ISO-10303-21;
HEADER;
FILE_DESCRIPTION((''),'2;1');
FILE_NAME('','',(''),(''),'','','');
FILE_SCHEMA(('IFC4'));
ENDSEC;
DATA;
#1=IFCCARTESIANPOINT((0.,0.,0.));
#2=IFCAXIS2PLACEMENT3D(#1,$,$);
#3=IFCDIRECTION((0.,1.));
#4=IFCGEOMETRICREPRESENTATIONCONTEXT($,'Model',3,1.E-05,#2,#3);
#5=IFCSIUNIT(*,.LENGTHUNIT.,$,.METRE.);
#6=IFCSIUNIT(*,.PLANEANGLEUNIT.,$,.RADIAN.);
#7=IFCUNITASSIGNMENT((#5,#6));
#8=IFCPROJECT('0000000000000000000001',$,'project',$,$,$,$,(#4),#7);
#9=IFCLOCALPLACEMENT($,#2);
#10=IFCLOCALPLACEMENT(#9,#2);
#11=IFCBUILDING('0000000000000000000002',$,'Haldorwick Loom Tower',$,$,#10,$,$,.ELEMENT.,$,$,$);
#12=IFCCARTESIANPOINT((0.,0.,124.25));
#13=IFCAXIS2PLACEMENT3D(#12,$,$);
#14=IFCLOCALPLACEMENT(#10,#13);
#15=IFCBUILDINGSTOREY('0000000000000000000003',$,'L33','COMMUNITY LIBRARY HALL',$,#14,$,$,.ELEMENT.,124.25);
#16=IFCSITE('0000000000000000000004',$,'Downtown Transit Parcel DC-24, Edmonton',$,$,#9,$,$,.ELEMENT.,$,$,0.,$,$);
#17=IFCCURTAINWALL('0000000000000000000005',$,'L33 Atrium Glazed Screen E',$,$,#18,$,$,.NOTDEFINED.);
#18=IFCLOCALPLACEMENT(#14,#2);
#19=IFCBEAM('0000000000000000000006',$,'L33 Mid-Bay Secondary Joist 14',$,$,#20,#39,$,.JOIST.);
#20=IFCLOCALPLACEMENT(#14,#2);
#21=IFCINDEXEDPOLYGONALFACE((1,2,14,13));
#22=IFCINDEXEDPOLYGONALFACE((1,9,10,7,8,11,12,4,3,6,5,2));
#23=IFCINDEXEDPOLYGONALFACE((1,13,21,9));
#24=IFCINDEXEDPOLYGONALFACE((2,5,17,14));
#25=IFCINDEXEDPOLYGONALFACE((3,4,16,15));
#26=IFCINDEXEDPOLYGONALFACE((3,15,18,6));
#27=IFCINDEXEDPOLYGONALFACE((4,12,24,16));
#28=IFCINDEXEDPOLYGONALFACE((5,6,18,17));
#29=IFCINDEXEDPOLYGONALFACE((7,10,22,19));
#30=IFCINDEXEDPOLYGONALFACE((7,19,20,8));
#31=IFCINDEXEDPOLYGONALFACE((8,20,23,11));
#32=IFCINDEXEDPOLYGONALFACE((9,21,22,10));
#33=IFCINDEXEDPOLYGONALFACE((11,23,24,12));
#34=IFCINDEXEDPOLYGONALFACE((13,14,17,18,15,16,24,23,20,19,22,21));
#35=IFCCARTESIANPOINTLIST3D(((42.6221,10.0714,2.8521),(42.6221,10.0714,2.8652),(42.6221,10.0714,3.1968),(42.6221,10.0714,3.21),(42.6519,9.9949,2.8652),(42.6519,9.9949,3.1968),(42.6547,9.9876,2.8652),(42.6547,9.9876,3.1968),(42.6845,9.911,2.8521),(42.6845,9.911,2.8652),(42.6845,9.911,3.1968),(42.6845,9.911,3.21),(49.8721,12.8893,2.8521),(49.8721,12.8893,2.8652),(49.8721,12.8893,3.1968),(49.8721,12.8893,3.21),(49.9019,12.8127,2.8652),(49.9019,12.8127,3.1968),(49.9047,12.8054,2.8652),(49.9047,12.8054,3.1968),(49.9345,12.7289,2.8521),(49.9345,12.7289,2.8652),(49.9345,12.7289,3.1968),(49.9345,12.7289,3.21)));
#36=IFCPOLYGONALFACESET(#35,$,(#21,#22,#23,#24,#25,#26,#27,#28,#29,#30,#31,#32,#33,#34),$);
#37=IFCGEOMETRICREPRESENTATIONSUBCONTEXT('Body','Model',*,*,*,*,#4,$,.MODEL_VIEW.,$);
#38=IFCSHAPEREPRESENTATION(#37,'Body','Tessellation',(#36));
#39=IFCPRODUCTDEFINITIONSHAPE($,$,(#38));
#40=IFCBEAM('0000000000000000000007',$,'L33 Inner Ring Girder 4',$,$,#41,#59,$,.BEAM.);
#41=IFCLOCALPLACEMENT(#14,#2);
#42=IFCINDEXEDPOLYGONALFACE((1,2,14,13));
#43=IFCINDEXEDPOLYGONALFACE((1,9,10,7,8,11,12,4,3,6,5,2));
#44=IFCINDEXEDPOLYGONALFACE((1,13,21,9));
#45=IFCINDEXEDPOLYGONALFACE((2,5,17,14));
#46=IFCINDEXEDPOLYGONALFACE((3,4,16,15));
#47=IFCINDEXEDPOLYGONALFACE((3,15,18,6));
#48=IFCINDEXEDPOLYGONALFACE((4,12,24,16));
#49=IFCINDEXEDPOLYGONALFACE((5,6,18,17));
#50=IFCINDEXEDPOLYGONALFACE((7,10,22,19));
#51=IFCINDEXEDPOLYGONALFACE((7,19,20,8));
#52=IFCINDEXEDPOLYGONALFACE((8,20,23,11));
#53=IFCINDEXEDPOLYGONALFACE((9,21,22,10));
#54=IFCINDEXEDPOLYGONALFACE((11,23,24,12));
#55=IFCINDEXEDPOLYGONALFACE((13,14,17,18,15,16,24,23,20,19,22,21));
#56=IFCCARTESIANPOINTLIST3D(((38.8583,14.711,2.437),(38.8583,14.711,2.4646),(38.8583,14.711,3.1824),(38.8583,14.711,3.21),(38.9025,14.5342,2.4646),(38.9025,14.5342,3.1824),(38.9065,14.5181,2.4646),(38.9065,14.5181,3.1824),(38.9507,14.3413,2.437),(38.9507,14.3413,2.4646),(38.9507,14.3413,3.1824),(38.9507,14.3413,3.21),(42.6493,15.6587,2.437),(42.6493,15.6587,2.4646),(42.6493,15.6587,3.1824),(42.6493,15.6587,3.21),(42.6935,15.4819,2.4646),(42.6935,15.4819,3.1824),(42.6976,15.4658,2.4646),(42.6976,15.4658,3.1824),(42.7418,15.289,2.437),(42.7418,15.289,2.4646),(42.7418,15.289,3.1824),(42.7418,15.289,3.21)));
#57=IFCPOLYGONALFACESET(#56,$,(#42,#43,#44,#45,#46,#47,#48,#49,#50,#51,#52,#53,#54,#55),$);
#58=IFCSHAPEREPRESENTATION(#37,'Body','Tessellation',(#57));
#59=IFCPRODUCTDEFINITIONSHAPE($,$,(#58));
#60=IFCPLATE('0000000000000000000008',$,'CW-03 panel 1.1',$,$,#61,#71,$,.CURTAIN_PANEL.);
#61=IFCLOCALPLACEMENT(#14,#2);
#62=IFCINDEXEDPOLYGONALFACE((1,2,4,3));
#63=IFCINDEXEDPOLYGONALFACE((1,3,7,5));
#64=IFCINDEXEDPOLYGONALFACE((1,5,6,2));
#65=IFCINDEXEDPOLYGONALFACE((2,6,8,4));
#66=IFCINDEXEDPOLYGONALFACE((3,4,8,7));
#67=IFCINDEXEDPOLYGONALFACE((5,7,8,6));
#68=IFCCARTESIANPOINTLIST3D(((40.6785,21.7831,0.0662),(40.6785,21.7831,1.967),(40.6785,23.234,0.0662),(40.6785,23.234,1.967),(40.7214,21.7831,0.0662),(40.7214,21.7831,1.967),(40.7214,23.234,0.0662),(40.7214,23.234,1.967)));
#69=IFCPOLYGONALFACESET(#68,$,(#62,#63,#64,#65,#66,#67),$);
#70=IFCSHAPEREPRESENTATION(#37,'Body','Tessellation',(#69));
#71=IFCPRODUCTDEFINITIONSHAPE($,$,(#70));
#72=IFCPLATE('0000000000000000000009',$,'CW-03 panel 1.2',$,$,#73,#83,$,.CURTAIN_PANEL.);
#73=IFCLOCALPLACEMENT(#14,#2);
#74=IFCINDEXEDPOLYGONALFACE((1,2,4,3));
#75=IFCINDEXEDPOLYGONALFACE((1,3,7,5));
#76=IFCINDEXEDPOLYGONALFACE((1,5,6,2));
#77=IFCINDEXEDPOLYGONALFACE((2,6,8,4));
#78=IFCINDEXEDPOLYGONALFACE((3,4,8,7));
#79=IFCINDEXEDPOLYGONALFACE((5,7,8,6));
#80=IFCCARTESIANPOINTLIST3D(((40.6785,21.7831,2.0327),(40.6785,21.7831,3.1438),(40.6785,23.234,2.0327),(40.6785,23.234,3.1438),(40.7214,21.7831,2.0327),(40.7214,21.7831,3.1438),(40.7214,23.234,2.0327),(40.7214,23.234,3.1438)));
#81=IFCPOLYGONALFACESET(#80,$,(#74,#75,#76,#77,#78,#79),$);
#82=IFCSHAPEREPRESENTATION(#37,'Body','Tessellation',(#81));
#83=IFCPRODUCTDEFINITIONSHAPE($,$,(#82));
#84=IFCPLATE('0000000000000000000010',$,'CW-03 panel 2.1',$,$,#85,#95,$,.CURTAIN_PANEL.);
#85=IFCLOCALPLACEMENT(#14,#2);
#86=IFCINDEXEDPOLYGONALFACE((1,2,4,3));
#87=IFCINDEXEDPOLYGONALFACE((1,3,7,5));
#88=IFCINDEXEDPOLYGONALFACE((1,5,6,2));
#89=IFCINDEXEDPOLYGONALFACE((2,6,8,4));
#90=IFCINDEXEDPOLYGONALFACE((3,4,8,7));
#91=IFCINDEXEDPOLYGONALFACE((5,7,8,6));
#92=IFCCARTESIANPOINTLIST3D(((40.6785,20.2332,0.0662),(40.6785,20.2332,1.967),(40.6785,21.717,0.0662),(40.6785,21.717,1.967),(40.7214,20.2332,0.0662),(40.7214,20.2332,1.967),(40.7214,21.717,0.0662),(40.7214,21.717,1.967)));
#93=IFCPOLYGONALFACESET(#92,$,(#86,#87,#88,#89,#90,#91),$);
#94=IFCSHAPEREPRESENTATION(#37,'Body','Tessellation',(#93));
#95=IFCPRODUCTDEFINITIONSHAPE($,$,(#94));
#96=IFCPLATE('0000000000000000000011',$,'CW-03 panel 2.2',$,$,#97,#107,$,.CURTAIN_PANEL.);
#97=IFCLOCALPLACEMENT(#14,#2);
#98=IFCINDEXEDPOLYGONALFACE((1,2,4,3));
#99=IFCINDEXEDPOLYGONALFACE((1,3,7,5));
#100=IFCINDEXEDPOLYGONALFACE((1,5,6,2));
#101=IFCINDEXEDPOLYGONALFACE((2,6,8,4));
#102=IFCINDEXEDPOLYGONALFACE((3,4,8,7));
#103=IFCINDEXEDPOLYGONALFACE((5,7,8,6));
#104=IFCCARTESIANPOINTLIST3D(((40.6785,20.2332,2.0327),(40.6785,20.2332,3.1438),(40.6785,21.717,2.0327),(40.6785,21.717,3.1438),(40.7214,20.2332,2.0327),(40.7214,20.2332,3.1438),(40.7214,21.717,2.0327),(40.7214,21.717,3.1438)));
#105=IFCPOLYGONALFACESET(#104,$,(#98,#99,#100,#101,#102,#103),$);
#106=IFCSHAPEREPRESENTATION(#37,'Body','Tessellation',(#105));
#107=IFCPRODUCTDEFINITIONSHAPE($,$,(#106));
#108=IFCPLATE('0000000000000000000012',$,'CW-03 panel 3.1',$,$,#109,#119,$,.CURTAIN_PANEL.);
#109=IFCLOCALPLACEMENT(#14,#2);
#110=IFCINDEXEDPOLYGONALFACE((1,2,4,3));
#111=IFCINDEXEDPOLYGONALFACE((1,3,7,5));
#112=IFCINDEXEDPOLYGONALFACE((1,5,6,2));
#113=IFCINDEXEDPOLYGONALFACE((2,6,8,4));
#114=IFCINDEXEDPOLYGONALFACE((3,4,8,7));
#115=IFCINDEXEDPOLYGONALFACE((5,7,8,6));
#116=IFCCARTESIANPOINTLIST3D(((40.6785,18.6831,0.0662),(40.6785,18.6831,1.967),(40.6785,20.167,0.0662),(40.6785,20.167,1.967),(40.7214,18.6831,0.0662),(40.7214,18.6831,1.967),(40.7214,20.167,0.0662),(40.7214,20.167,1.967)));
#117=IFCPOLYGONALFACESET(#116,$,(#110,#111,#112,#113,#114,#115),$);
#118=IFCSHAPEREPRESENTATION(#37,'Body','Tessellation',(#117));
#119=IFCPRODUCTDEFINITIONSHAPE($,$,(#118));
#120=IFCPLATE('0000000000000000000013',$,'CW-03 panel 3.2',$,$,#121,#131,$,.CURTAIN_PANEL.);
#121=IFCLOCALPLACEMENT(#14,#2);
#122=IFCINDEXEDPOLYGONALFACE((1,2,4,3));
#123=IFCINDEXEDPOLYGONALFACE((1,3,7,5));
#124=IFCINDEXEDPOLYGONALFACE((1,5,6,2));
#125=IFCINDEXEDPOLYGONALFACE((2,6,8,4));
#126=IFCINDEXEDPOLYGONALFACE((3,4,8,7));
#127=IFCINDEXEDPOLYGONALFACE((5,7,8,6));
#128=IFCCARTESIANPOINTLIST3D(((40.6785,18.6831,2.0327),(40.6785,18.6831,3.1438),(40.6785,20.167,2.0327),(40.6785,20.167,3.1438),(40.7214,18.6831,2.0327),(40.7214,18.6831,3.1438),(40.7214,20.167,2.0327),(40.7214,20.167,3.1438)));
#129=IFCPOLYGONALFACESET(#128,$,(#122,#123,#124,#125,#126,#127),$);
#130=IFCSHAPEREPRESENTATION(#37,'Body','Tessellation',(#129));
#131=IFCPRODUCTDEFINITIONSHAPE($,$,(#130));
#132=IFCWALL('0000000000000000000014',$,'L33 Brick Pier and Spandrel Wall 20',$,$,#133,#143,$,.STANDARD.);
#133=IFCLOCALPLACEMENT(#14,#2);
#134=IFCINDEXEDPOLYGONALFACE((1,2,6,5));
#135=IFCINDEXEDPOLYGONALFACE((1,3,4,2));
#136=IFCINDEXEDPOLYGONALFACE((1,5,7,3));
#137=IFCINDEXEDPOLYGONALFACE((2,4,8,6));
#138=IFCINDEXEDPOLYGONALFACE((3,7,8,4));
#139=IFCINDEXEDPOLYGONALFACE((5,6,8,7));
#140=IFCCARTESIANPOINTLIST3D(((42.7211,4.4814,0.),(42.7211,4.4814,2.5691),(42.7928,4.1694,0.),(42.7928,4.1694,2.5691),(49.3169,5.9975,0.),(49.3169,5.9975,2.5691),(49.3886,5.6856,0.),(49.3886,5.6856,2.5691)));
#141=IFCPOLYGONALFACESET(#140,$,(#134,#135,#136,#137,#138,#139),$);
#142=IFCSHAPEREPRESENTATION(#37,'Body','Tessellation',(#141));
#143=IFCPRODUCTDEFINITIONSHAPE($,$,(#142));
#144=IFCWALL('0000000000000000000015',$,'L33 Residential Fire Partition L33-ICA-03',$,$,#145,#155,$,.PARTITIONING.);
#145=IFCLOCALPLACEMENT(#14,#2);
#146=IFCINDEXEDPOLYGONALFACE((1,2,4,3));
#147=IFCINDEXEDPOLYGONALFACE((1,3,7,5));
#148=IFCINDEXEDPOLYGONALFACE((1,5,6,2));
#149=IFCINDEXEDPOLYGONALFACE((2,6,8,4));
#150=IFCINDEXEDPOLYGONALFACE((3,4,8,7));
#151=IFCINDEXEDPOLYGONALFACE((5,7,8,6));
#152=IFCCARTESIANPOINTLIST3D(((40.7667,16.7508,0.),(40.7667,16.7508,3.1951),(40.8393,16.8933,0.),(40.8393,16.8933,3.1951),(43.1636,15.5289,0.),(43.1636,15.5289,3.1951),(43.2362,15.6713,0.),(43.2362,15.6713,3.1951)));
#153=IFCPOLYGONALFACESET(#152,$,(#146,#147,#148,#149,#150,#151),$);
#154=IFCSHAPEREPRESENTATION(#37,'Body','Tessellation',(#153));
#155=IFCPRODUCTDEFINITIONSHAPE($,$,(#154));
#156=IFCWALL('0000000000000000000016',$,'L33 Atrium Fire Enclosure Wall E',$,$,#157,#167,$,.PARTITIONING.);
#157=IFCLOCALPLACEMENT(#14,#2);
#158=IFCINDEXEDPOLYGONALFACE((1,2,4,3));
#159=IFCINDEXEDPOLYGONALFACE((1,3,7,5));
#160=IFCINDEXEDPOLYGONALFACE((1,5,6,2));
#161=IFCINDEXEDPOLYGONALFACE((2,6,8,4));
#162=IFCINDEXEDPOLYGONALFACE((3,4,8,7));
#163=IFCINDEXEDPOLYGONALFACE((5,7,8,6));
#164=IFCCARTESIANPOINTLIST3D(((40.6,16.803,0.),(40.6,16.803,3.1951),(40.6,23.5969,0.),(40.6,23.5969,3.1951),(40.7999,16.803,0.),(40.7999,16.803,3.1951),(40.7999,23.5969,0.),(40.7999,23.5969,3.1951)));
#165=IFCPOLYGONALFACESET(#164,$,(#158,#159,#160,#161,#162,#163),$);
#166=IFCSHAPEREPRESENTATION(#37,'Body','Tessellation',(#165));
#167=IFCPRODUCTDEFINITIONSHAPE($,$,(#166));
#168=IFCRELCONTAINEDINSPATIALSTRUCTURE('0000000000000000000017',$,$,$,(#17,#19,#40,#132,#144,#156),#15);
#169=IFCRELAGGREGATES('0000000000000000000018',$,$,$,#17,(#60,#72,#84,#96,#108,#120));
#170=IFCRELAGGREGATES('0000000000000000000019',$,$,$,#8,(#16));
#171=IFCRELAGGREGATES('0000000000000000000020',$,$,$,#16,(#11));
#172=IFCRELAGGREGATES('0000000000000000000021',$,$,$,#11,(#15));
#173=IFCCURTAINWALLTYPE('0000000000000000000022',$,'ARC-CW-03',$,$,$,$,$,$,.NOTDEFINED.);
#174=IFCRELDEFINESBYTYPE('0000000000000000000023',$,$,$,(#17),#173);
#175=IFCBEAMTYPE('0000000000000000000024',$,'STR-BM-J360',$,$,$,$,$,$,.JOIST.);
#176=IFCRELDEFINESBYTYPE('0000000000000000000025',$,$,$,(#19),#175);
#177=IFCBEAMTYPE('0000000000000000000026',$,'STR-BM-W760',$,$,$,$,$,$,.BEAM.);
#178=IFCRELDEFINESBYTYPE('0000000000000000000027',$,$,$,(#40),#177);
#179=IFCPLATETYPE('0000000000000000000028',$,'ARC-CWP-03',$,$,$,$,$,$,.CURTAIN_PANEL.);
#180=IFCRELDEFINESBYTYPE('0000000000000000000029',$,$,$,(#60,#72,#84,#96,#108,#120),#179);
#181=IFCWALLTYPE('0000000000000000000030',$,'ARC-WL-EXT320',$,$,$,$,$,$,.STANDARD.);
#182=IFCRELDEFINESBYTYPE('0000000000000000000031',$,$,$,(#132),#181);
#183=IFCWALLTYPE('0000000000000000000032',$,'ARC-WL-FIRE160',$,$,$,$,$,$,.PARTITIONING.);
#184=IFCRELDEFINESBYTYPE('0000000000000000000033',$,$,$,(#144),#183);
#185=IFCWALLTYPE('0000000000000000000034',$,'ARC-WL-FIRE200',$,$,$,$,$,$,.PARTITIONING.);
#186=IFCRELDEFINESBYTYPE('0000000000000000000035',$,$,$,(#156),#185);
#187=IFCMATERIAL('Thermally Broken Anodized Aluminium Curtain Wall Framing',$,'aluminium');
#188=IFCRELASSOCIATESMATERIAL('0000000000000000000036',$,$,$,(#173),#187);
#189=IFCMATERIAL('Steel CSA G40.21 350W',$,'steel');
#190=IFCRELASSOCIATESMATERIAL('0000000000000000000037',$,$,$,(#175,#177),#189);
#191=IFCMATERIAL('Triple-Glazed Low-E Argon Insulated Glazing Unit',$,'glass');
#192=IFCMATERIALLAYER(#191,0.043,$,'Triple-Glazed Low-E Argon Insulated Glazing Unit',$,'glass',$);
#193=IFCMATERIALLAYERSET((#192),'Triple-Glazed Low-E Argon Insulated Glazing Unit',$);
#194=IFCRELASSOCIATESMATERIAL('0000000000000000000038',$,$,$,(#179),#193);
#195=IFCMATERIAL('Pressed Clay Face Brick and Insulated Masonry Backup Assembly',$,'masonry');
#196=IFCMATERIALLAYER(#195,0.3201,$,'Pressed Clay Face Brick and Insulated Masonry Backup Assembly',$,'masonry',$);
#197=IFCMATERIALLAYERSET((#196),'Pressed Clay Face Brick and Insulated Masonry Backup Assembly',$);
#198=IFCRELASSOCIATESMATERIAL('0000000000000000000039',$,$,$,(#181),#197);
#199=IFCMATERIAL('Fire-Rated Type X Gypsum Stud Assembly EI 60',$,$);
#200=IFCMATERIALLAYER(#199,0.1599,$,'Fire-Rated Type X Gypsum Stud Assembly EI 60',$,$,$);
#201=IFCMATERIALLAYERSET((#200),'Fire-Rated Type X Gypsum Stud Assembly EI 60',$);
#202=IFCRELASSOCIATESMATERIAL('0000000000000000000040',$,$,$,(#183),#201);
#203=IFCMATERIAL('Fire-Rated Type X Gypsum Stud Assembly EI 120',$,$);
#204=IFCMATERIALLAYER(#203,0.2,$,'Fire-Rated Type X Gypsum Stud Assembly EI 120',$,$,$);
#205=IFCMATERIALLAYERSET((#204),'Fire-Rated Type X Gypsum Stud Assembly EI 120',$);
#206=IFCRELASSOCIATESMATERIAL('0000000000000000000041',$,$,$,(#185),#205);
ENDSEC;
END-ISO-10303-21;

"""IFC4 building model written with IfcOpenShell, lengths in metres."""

from ifc_helpers import new_model, si_unit, direction, frame, frame_2d, origin, origin_2d, place, context, subcontext, project, spatial, rectangle, i_section, extrude, material, layer, layer_set, material_profile, profile_set, type_object, element, aggregate, save


model = new_model("IFC4")

# Units and contexts
model_context = context("Model", 3, precision=1e-05, world=origin(), true_north=direction((0.0, 1.0)))
body_context = subcontext(model_context, "Body", "Model", "MODEL_VIEW")
ifc_project = project(units=[si_unit("LENGTHUNIT", "METRE"), si_unit("PLANEANGLEUNIT", "RADIAN")], contexts=[model_context])

# Site, building, storey
site_placement = place(None, origin())
site = spatial("IfcSite", under=ifc_project, at=site_placement, Name="Downtown Transit Parcel DC-24, Edmonton", CompositionType="ELEMENT", RefElevation=0.0)
building_placement = place(site_placement, origin())
building = spatial("IfcBuilding", under=site, at=building_placement, Name="Haldorwick Loom Tower", CompositionType="ELEMENT")
storey_placement = place(building_placement, frame((0.0, 0.0, 124.25)))
storey = spatial("IfcBuildingStorey", under=building, at=storey_placement, Name="L33", Description="COMMUNITY LIBRARY HALL", CompositionType="ELEMENT", Elevation=124.25)

# Curtain wall
ifc_material_1 = material(Name="Thermally Broken Anodized Aluminium Curtain Wall Framing", Category="aluminium")
curtain_wall_type = type_object("IfcCurtainWallType", Name="ARC-CW-03", PredefinedType="NOTDEFINED", material=ifc_material_1)
curtain_wall_placement = place(storey_placement, origin())
curtain_wall = element("IfcCurtainWall", 1, at=curtain_wall_placement, inside=storey, type_object=curtain_wall_type, Name="L33 Atrium Glazed Screen E", PredefinedType="NOTDEFINED")

# Beams
ifc_material_2 = material(Name="Steel CSA G40.21 350W", Category="steel")
ifc_material_profile_1 = material_profile(ifc_material_2, i_section(OverallWidth=0.1721, OverallDepth=0.3579, WebThickness=0.0078, FlangeThickness=0.0132, at=origin_2d()), Name="W360X57", Category="steel")
ifc_profile_set_1 = profile_set([ifc_material_profile_1], Name="Steel CSA G40.21 350W")
beam_type_1 = type_object("IfcBeamType", Name="STR-BM-J360", PredefinedType="JOIST", material=ifc_profile_set_1)
beam_1_placement = place(storey_placement, frame((42.6533, 9.9912, 3.031), z_axis=(0.932073, 0.362271, 0.0), x_axis=(-0.362271, 0.932073, 0.0)))
element("IfcBeam", 2, at=beam_1_placement, inside=storey, type_object=beam_type_1, Name="L33 Mid-Bay Secondary Joist 14", PredefinedType="JOIST", context=body_context, shape_type="SweptSolid", body=[
    extrude(i_section(OverallWidth=0.1721, OverallDepth=0.3579, WebThickness=0.0078, FlangeThickness=0.0132, at=origin_2d()), origin(), (0.0, 0.0, 1.0), 7.7783),
])
ifc_material_profile_2 = material_profile(ifc_material_2, i_section(OverallWidth=0.3811, OverallDepth=0.7729, WebThickness=0.0166, FlangeThickness=0.0276, at=origin_2d()), Name="W760X257", Category="steel")
ifc_profile_set_2 = profile_set([ifc_material_profile_2], Name="Steel CSA G40.21 350W")
beam_type_2 = type_object("IfcBeamType", Name="STR-BM-W760", PredefinedType="BEAM", material=ifc_profile_set_2)
beam_2_placement = place(storey_placement, frame((42.6956, 15.4739, 2.8235), z_axis=(-0.970143, -0.242536, 0.0), x_axis=(0.242536, -0.970143, 0.0)))
element("IfcBeam", 3, at=beam_2_placement, inside=storey, type_object=beam_type_2, Name="L33 Inner Ring Girder 4", PredefinedType="BEAM", context=body_context, shape_type="SweptSolid", body=[
    extrude(i_section(OverallWidth=0.3811, OverallDepth=0.7729, WebThickness=0.0166, FlangeThickness=0.0276, at=origin_2d()), origin(), (0.0, 0.0, 1.0), 3.9077),
])

# Plates
ifc_material_3 = material(Name="Triple-Glazed Low-E Argon Insulated Glazing Unit", Category="glass")
ifc_layer_1 = layer(ifc_material_3, 0.043, Name="Triple-Glazed Low-E Argon Insulated Glazing Unit", Category="glass")
ifc_layer_set_1 = layer_set([ifc_layer_1], Name="Triple-Glazed Low-E Argon Insulated Glazing Unit")
plate_type = type_object("IfcPlateType", Name="ARC-CWP-03", PredefinedType="CURTAIN_PANEL", material=ifc_layer_set_1)
plate_1_placement = place(storey_placement, frame((40.7, 22.5085, 0.0662), z_axis=(0.0, 0.0, 1.0), x_axis=(0.0, -1.0, 0.0)))
plate_1 = element("IfcPlate", 4, at=plate_1_placement, type_object=plate_type, Name="CW-03 panel 1.1", PredefinedType="CURTAIN_PANEL", context=body_context, shape_type="SweptSolid", body=[
    extrude(rectangle(XDim=1.4509, YDim=0.043, at=origin_2d()), origin(), (0.0, 0.0, 1.0), 1.9009),
])
plate_2_placement = place(storey_placement, frame((40.7, 22.5085, 2.0327), z_axis=(0.0, 0.0, 1.0), x_axis=(0.0, -1.0, 0.0)))
plate_2 = element("IfcPlate", 5, at=plate_2_placement, type_object=plate_type, Name="CW-03 panel 1.2", PredefinedType="CURTAIN_PANEL", context=body_context, shape_type="SweptSolid", body=[
    extrude(rectangle(XDim=1.4509, YDim=0.043, at=origin_2d()), origin(), (0.0, 0.0, 1.0), 1.1111),
])
plate_3_placement = place(storey_placement, frame((40.7, 20.9751, 0.0662), z_axis=(0.0, 0.0, 1.0), x_axis=(0.0, -1.0, 0.0)))
plate_3 = element("IfcPlate", 6, at=plate_3_placement, type_object=plate_type, Name="CW-03 panel 2.1", PredefinedType="CURTAIN_PANEL", context=body_context, shape_type="SweptSolid", body=[
    extrude(rectangle(XDim=1.4839, YDim=0.043, at=origin_2d()), origin(), (0.0, 0.0, 1.0), 1.9009),
])
plate_4_placement = place(storey_placement, frame((40.7, 20.9751, 2.0327), z_axis=(0.0, 0.0, 1.0), x_axis=(0.0, -1.0, 0.0)))
plate_4 = element("IfcPlate", 7, at=plate_4_placement, type_object=plate_type, Name="CW-03 panel 2.2", PredefinedType="CURTAIN_PANEL", context=body_context, shape_type="SweptSolid", body=[
    extrude(rectangle(XDim=1.4839, YDim=0.043, at=origin_2d()), origin(), (0.0, 0.0, 1.0), 1.1111),
])
plate_5_placement = place(storey_placement, frame((40.7, 19.425, 0.0662), z_axis=(0.0, 0.0, 1.0), x_axis=(0.0, -1.0, 0.0)))
plate_5 = element("IfcPlate", 8, at=plate_5_placement, type_object=plate_type, Name="CW-03 panel 3.1", PredefinedType="CURTAIN_PANEL", context=body_context, shape_type="SweptSolid", body=[
    extrude(rectangle(XDim=1.4839, YDim=0.043, at=origin_2d()), origin(), (0.0, 0.0, 1.0), 1.9009),
])
plate_6_placement = place(storey_placement, frame((40.7, 19.425, 2.0327), z_axis=(0.0, 0.0, 1.0), x_axis=(0.0, -1.0, 0.0)))
plate_6 = element("IfcPlate", 9, at=plate_6_placement, type_object=plate_type, Name="CW-03 panel 3.2", PredefinedType="CURTAIN_PANEL", context=body_context, shape_type="SweptSolid", body=[
    extrude(rectangle(XDim=1.4839, YDim=0.043, at=origin_2d()), origin(), (0.0, 0.0, 1.0), 1.1111),
])
aggregate(curtain_wall, [plate_1, plate_2, plate_3, plate_4, plate_5, plate_6])

# Walls
ifc_material_4 = material(Name="Pressed Clay Face Brick and Insulated Masonry Backup Assembly", Category="masonry")
ifc_layer_2 = layer(ifc_material_4, 0.3201, Name="Pressed Clay Face Brick and Insulated Masonry Backup Assembly", Category="masonry")
ifc_layer_set_2 = layer_set([ifc_layer_2], Name="Pressed Clay Face Brick and Insulated Masonry Backup Assembly")
wall_type_1 = type_object("IfcWallType", Name="ARC-WL-EXT320", PredefinedType="STANDARD", material=ifc_layer_set_2)
wall_1_placement = place(storey_placement, frame((42.7571, 4.3254, 0.0), z_axis=(0.0, 0.0, 1.0), x_axis=(0.974584, 0.224022, 0.0)))
element("IfcWall", 10, at=wall_1_placement, inside=storey, type_object=wall_type_1, Name="L33 Brick Pier and Spandrel Wall 20", PredefinedType="STANDARD", context=body_context, shape_type="SweptSolid", body=[
    extrude(rectangle(XDim=6.7678, YDim=0.3201, at=frame_2d((3.3838, 0.0))), origin(), (0.0, 0.0, 1.0), 2.5691),
])
ifc_material_5 = material(Name="Fire-Rated Type X Gypsum Stud Assembly EI 60")
ifc_layer_3 = layer(ifc_material_5, 0.1599, Name="Fire-Rated Type X Gypsum Stud Assembly EI 60")
ifc_layer_set_3 = layer_set([ifc_layer_3], Name="Fire-Rated Type X Gypsum Stud Assembly EI 60")
wall_type_2 = type_object("IfcWallType", Name="ARC-WL-FIRE160", PredefinedType="PARTITIONING", material=ifc_layer_set_3)
wall_2_placement = place(storey_placement, frame((40.803, 16.822, 0.0), z_axis=(0.0, 0.0, 1.0), x_axis=(0.890916, -0.454169, 0.0)))
element("IfcWall", 11, at=wall_2_placement, inside=storey, type_object=wall_type_2, Name="L33 Residential Fire Partition L33-ICA-03", PredefinedType="PARTITIONING", context=body_context, shape_type="SweptSolid", body=[
    extrude(rectangle(XDim=2.6904, YDim=0.1599, at=frame_2d((1.3452, 0.0))), origin(), (0.0, 0.0, 1.0), 3.1951),
])
ifc_material_6 = material(Name="Fire-Rated Type X Gypsum Stud Assembly EI 120")
ifc_layer_4 = layer(ifc_material_6, 0.2, Name="Fire-Rated Type X Gypsum Stud Assembly EI 120")
ifc_layer_set_4 = layer_set([ifc_layer_4], Name="Fire-Rated Type X Gypsum Stud Assembly EI 120")
wall_type_3 = type_object("IfcWallType", Name="ARC-WL-FIRE200", PredefinedType="PARTITIONING", material=ifc_layer_set_4)
wall_3_placement = place(storey_placement, frame((40.7, 23.5969, 0.0), z_axis=(0.0, 0.0, 1.0), x_axis=(0.0, -1.0, 0.0)))
element("IfcWall", 12, at=wall_3_placement, inside=storey, type_object=wall_type_3, Name="L33 Atrium Fire Enclosure Wall E", PredefinedType="PARTITIONING", context=body_context, shape_type="SweptSolid", body=[
    extrude(rectangle(XDim=6.7939, YDim=0.2, at=frame_2d((3.397, 0.0))), origin(), (0.0, 0.0, 1.0), 3.1951),
])

save(model, "model.ifc")
